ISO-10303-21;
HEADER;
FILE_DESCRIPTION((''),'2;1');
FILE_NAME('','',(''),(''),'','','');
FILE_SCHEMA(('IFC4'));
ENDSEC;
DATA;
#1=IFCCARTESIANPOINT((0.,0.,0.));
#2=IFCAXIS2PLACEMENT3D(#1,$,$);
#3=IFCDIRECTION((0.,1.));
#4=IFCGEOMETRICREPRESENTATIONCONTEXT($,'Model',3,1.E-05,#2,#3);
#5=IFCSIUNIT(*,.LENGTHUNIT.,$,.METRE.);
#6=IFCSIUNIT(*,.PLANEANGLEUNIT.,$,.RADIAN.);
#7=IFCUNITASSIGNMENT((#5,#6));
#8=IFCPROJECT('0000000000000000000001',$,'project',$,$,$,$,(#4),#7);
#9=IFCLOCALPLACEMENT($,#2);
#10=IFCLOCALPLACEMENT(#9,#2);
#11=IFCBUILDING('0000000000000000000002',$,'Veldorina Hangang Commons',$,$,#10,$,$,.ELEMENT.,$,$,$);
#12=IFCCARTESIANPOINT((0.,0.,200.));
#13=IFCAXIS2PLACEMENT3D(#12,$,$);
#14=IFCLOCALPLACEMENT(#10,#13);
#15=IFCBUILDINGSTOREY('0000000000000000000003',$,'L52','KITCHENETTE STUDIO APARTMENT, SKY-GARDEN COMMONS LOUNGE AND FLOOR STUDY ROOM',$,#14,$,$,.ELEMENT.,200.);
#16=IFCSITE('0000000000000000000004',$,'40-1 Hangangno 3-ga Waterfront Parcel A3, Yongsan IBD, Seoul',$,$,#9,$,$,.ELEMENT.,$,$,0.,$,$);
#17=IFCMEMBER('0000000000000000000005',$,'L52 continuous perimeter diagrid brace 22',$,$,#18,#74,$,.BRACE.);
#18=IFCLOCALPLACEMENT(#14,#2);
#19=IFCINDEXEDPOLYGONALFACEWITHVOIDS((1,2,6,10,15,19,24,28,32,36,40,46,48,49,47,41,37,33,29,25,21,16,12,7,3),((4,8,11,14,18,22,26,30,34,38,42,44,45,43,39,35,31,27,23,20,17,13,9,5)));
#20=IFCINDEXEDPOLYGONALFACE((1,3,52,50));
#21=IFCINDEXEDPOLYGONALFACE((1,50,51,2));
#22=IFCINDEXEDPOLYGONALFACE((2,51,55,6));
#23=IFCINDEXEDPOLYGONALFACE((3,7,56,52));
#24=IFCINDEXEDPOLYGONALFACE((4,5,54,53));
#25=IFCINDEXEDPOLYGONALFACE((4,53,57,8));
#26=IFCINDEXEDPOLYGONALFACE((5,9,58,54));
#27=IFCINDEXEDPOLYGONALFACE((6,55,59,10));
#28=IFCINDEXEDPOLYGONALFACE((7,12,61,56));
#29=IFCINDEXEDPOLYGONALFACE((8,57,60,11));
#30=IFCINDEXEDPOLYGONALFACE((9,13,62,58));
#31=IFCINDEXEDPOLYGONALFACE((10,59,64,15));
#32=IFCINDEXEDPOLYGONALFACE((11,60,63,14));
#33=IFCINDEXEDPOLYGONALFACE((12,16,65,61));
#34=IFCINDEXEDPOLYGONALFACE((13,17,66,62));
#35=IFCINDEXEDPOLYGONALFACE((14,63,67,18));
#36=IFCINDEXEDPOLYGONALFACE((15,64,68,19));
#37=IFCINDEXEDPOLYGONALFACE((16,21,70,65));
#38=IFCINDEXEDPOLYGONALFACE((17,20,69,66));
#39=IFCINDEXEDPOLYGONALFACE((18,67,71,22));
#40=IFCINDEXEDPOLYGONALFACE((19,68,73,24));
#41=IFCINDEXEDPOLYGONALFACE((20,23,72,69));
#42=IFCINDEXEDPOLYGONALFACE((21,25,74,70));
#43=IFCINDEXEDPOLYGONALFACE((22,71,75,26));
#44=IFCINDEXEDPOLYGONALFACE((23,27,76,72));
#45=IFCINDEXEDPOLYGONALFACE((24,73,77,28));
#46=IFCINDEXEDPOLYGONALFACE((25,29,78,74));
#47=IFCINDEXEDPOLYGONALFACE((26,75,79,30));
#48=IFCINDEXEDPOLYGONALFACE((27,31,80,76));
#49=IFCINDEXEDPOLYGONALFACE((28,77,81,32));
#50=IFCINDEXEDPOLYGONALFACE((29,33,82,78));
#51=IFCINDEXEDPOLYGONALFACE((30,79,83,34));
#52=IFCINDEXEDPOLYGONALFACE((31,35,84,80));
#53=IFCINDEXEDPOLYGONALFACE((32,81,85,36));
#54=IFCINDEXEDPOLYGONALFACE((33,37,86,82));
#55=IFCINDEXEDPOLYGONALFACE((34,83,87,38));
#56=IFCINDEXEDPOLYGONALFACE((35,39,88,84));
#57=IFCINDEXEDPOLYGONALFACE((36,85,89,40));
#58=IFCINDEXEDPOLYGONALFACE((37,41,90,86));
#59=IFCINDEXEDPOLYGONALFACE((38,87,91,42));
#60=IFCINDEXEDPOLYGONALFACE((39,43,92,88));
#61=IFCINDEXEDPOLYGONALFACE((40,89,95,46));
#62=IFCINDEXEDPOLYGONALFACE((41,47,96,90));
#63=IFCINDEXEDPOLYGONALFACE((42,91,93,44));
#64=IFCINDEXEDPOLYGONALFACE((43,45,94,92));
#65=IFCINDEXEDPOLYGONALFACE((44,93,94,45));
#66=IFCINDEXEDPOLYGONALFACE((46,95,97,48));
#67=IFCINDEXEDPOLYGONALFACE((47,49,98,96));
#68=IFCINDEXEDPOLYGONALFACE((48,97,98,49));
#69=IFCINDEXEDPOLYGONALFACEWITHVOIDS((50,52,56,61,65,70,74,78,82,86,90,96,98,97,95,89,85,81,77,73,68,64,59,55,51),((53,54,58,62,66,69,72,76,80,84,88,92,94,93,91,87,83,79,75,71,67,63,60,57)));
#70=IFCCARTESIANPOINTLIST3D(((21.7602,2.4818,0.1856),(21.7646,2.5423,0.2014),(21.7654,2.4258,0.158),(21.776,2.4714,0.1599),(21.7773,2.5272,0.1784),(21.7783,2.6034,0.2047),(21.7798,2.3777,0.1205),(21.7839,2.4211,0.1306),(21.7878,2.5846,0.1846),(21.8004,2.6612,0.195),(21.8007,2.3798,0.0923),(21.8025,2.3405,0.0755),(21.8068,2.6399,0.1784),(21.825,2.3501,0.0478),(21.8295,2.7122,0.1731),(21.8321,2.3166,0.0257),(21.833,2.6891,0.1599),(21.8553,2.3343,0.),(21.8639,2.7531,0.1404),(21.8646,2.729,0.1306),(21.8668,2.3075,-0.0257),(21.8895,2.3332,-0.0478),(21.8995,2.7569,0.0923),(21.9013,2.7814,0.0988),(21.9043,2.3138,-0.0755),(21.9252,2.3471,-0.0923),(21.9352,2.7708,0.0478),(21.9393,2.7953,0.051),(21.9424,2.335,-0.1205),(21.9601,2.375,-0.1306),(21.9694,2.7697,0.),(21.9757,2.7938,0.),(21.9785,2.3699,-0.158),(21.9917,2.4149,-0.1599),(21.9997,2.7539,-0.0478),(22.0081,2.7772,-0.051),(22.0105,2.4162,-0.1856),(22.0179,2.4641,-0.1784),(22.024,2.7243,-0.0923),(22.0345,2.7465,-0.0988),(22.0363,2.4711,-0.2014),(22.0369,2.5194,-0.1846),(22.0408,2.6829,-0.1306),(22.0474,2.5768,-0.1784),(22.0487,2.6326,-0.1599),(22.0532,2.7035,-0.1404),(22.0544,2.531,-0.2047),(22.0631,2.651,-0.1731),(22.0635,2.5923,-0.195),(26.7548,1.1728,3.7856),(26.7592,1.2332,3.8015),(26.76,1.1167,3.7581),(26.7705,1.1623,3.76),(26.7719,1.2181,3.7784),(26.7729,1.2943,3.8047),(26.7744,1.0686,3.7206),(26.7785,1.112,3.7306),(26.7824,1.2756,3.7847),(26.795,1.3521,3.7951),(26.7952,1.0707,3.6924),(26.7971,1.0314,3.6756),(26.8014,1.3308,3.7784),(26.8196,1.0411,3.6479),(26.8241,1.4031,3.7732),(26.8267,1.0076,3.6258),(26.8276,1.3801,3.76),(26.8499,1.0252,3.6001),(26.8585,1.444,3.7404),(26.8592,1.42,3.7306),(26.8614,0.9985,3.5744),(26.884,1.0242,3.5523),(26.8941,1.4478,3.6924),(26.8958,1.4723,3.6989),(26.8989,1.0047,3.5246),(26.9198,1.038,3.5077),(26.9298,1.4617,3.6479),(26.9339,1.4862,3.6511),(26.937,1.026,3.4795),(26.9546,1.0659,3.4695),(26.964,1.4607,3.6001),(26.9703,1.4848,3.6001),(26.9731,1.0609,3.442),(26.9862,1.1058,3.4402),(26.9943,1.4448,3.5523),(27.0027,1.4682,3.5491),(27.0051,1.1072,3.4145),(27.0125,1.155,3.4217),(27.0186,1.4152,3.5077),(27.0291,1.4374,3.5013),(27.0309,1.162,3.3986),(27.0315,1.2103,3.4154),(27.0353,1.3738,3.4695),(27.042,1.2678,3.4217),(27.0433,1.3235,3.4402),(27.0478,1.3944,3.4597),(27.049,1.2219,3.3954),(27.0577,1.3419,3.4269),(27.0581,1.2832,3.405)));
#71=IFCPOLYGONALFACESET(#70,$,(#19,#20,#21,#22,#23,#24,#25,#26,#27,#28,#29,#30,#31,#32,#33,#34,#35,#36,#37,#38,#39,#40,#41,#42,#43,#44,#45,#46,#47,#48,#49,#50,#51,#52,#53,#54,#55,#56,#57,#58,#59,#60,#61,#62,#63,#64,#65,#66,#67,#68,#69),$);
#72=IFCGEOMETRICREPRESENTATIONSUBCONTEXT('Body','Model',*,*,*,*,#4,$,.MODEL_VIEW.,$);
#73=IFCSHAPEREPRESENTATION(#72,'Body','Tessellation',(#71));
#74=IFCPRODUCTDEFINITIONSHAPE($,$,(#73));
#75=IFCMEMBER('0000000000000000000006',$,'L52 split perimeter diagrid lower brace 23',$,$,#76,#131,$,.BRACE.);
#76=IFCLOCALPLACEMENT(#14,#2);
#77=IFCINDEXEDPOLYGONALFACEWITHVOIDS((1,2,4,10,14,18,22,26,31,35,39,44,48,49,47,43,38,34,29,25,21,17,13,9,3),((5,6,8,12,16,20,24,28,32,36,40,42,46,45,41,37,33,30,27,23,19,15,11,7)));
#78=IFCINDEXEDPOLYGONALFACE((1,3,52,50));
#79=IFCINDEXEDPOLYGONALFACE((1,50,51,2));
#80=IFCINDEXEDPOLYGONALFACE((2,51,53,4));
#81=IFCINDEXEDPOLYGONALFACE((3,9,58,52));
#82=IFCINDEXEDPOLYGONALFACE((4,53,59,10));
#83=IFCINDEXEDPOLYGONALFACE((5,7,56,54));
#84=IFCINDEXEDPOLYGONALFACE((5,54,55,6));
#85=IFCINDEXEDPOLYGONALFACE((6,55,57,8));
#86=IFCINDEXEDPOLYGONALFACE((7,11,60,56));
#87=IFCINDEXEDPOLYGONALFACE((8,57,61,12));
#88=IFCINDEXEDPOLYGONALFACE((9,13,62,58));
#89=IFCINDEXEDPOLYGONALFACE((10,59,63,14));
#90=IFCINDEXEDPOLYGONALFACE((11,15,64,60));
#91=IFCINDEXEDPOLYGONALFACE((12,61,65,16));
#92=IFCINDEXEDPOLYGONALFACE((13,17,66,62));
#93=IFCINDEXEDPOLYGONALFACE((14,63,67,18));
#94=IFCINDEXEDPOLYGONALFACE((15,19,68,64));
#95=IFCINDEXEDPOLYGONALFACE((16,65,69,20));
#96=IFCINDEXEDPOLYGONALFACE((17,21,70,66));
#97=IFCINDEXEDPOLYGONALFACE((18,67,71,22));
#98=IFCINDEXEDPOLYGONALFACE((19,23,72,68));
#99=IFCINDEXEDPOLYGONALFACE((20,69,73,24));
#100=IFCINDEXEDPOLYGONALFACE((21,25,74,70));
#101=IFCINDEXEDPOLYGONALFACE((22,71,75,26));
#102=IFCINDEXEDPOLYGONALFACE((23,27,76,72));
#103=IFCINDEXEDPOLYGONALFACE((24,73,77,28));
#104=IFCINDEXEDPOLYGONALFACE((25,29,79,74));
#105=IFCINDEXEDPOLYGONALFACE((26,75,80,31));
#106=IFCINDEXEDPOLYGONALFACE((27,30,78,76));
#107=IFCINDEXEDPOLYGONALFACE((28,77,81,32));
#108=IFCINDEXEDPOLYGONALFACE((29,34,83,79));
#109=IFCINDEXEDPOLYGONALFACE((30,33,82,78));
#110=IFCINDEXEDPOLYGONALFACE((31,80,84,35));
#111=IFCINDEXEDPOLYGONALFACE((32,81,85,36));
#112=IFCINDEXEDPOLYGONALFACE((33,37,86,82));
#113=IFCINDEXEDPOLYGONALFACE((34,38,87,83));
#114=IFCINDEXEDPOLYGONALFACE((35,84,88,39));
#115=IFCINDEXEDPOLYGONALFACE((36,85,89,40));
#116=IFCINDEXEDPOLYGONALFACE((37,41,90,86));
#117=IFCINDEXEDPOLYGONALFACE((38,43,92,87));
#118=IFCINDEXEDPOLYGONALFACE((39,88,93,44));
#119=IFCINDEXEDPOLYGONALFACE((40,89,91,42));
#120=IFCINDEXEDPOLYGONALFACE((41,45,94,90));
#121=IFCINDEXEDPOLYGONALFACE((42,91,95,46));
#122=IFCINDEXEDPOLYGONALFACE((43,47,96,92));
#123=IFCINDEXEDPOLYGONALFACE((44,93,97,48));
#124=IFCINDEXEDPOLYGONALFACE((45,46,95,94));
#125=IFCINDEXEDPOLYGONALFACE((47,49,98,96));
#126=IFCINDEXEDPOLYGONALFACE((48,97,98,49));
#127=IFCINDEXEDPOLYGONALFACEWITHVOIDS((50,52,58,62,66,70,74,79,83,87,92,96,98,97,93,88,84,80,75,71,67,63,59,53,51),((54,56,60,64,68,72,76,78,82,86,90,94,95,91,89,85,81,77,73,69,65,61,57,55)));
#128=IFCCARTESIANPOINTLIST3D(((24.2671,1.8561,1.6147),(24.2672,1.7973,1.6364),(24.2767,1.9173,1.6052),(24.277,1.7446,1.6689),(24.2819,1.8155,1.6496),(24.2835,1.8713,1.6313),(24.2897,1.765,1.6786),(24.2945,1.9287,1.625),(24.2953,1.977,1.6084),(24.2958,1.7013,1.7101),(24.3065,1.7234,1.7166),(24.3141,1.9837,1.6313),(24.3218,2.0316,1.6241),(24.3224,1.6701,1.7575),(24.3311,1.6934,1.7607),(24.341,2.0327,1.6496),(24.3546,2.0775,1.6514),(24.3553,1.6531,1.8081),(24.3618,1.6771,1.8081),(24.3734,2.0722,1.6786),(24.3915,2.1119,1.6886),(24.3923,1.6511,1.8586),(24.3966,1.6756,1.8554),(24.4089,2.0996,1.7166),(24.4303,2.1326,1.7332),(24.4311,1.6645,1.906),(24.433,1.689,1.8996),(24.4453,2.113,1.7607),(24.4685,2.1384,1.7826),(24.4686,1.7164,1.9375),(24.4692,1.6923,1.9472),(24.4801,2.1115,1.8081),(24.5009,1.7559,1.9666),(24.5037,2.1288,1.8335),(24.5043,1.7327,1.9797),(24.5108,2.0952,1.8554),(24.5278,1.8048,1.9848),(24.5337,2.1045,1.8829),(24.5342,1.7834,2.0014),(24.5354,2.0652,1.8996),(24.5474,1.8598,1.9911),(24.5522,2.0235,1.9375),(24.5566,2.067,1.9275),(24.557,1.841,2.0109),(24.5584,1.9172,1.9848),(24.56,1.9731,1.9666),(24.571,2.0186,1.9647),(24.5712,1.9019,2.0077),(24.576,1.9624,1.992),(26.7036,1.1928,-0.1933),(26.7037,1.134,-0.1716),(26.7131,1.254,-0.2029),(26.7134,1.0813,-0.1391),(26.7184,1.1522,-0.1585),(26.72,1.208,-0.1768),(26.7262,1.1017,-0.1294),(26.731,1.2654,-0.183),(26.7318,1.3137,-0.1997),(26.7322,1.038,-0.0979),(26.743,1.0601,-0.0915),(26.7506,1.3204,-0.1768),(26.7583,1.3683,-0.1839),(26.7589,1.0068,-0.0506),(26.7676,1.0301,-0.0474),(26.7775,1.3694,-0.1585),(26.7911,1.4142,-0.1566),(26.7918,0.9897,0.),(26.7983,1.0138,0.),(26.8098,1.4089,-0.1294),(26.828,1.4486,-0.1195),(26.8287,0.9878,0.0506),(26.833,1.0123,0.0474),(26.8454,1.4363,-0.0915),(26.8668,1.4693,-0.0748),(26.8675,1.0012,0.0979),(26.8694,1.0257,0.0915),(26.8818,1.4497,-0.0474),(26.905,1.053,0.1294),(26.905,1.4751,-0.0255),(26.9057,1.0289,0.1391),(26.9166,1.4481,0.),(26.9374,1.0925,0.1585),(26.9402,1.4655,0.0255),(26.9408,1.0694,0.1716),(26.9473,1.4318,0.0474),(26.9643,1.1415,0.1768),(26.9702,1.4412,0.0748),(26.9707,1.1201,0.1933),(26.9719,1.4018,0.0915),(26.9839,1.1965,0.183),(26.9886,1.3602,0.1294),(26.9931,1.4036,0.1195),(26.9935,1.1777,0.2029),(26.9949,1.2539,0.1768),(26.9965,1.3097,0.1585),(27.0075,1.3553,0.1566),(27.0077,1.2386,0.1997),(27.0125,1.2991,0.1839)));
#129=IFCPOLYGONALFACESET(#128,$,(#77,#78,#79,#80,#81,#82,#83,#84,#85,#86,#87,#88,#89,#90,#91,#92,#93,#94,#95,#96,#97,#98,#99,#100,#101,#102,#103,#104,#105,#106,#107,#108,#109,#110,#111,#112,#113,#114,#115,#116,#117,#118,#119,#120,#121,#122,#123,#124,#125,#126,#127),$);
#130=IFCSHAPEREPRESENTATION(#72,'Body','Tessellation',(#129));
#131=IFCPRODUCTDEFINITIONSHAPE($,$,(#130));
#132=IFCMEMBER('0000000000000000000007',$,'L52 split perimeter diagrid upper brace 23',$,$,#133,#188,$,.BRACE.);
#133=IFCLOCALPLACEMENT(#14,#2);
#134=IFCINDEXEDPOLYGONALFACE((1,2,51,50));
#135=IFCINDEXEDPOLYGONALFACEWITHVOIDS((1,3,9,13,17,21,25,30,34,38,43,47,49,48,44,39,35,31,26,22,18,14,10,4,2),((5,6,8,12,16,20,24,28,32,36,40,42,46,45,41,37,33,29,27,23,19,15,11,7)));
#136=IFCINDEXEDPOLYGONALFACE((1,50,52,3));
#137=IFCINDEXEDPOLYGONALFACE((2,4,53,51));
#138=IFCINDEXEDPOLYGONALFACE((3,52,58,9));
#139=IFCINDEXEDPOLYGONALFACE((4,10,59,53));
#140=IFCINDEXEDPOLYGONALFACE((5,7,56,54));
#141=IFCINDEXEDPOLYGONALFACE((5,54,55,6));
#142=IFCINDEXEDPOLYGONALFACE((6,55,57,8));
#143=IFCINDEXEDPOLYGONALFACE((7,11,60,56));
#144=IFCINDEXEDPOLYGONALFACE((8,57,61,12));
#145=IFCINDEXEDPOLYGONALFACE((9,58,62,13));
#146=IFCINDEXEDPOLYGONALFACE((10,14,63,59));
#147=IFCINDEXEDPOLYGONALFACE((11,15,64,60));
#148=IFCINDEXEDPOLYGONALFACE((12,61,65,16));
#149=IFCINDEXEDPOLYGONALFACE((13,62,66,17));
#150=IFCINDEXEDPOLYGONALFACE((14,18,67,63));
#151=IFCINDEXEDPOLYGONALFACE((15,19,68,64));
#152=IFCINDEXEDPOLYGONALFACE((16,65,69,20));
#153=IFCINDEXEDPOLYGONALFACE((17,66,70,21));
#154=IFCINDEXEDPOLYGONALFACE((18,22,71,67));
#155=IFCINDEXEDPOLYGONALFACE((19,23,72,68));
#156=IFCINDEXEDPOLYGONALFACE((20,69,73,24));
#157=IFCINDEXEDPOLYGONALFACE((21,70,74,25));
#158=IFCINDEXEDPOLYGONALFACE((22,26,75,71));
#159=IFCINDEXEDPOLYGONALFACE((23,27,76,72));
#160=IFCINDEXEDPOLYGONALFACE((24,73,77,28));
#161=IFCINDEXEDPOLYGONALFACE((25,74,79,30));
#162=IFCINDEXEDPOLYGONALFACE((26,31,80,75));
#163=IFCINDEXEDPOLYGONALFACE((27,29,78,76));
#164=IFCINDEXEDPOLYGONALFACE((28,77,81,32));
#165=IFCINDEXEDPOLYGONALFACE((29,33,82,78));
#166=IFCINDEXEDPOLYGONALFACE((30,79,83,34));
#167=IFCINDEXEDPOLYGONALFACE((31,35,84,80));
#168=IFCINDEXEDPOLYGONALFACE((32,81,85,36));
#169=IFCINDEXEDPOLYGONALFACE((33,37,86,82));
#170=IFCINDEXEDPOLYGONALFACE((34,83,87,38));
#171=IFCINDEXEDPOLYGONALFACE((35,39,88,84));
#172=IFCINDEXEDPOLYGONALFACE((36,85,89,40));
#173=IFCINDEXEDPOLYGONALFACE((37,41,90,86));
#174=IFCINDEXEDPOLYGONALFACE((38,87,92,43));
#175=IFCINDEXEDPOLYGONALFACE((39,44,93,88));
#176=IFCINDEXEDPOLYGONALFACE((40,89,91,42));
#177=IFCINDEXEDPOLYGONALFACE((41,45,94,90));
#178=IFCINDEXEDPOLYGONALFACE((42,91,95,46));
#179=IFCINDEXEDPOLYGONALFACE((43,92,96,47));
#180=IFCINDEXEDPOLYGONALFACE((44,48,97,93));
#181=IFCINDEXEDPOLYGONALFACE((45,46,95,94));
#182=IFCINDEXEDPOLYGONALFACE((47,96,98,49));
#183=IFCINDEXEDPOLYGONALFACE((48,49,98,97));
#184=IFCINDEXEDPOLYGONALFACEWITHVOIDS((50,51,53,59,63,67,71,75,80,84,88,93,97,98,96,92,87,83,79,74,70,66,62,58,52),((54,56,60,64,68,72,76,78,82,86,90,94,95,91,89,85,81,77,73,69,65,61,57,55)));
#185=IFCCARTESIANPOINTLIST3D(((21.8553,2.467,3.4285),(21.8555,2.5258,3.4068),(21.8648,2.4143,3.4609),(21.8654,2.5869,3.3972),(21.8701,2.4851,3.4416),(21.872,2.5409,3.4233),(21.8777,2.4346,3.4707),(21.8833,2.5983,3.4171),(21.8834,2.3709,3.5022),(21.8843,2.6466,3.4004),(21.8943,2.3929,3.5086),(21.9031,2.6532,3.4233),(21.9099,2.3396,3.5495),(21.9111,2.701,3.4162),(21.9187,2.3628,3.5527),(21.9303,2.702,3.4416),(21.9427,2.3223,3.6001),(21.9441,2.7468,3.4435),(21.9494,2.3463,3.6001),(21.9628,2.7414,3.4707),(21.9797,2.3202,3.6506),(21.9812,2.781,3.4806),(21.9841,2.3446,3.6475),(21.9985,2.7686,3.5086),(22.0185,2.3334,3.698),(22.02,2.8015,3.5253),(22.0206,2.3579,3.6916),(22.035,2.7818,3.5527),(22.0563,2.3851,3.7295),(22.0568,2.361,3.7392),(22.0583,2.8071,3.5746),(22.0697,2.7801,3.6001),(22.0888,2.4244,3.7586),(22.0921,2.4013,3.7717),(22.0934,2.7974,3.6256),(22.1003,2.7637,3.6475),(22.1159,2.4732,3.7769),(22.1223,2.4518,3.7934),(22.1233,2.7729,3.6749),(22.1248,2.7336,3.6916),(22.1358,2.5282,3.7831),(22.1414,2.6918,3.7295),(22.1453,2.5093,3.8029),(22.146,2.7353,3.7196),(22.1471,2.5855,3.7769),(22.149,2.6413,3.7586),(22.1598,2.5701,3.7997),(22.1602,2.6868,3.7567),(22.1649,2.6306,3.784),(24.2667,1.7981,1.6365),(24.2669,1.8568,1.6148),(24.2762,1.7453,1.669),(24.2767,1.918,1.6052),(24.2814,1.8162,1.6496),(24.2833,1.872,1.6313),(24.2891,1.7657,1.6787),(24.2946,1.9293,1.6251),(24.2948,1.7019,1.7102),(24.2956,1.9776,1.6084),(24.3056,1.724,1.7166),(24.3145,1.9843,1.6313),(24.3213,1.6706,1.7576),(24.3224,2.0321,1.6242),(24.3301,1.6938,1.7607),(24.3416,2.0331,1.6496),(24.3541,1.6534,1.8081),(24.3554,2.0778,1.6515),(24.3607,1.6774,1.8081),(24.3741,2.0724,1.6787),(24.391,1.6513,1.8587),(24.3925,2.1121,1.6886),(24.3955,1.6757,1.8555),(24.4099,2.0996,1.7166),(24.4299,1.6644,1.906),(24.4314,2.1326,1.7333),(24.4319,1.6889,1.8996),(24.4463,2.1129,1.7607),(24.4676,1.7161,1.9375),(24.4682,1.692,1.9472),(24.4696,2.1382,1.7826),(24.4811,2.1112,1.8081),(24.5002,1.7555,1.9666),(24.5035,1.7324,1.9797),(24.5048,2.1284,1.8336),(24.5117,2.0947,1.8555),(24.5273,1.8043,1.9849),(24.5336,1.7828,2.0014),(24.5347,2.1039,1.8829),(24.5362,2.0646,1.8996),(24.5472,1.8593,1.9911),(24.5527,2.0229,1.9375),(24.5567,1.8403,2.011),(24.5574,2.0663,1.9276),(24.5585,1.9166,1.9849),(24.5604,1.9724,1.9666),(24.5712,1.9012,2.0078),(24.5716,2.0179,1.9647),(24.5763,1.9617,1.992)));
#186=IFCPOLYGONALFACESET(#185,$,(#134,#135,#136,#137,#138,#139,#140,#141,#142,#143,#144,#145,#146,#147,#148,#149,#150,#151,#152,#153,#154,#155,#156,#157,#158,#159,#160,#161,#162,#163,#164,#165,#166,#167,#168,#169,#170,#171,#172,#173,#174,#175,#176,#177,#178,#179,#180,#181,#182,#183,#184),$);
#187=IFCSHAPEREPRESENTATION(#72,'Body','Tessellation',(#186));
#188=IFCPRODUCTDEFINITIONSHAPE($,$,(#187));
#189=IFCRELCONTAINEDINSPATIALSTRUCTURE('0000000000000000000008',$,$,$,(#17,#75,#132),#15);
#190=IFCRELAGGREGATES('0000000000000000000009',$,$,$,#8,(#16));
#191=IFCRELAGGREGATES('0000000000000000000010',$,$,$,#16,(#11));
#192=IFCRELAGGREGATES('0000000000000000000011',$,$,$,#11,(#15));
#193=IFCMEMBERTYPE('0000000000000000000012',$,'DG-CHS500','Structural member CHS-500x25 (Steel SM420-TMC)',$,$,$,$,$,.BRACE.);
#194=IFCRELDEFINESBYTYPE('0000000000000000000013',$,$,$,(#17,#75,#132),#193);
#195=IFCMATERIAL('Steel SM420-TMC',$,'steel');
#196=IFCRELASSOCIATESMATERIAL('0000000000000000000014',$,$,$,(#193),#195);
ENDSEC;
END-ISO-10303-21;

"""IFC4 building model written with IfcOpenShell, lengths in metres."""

from ifc_helpers import new_model, si_unit, direction, frame, origin, origin_2d, place, context, subcontext, project, spatial, hollow_circle, extrude, material, material_profile, profile_set, type_object, element, save


model = new_model("IFC4")

# Units and contexts
model_context = context("Model", 3, precision=1e-05, world=origin(), true_north=direction((0.0, 1.0)))
body_context = subcontext(model_context, "Body", "Model", "MODEL_VIEW")
ifc_project = project(units=[si_unit("LENGTHUNIT", "METRE"), si_unit("PLANEANGLEUNIT", "RADIAN")], contexts=[model_context])

# Site, building, storey
site_placement = place(None, origin())
site = spatial("IfcSite", under=ifc_project, at=site_placement, Name="40-1 Hangangno 3-ga Waterfront Parcel A3, Yongsan IBD, Seoul", CompositionType="ELEMENT", RefElevation=0.0)
building_placement = place(site_placement, origin())
building = spatial("IfcBuilding", under=site, at=building_placement, Name="Veldorina Hangang Commons", CompositionType="ELEMENT")
storey_placement = place(building_placement, frame((0.0, 0.0, 200.0)))
storey = spatial("IfcBuildingStorey", under=building, at=storey_placement, Name="L52", Description="KITCHENETTE STUDIO APARTMENT, SKY-GARDEN COMMONS LOUNGE AND FLOOR STUDY ROOM", CompositionType="ELEMENT", Elevation=200.0)

# Shared definitions
ifc_material_1 = material(Name="Steel SM420-TMC", Category="steel")

# Members
ifc_material_profile_1 = material_profile(ifc_material_1, hollow_circle(Radius=0.25, WallThickness=0.0249, at=origin_2d()), Name="CHS-500x25")
ifc_profile_set_1 = profile_set([ifc_material_profile_1], Name="Steel SM420-TMC")
member_type_1 = type_object("IfcMemberType", Name="DG-CHS500", Description="Structural member CHS-500x25 (Steel SM420-TMC)", PredefinedType="BRACE", material=ifc_profile_set_1)
member_1_placement = place(storey_placement, frame((21.9124, 2.552, 0.0), z_axis=(0.793491, -0.207972, 0.571943), x_axis=(0.253534, 0.967326, 0.0)))
element("IfcMember", 1, at=member_1_placement, inside=storey, type_object=member_type_1, Name="L52 continuous perimeter diagrid brace 22", PredefinedType="BRACE", context=body_context, shape_type="SweptSolid", body=[
    extrude(hollow_circle(Radius=0.25, WallThickness=0.0249, at=origin_2d()), origin(), (0.0, 0.0, 1.0), 6.2944),
])
member_2_placement = place(storey_placement, frame((26.8574, 1.231, 0.0), z_axis=(-0.784511, 0.213579, 0.582173), x_axis=(-0.262684, -0.964882, 0.0)))
element("IfcMember", 2, at=member_2_placement, inside=storey, type_object=member_type_1, Name="L52 split perimeter diagrid lower brace 23", PredefinedType="BRACE", context=body_context, shape_type="SweptSolid", body=[
    extrude(hollow_circle(Radius=0.25, WallThickness=0.0249, at=origin_2d()), origin(), (0.0, 0.0, 1.0), 3.1057),
])
member_3_placement = place(storey_placement, frame((24.4209, 1.8943, 1.8081), z_axis=(-0.783449, 0.217338, 0.582213), x_axis=(-0.267317, -0.963609, 0.0)))
element("IfcMember", 3, at=member_3_placement, inside=storey, type_object=member_type_1, Name="L52 split perimeter diagrid upper brace 23", PredefinedType="BRACE", context=body_context, shape_type="SweptSolid", body=[
    extrude(hollow_circle(Radius=0.25, WallThickness=0.0249, at=origin_2d()), origin(), (0.0, 0.0, 1.0), 3.0779),
])

save(model, "model.ifc")
